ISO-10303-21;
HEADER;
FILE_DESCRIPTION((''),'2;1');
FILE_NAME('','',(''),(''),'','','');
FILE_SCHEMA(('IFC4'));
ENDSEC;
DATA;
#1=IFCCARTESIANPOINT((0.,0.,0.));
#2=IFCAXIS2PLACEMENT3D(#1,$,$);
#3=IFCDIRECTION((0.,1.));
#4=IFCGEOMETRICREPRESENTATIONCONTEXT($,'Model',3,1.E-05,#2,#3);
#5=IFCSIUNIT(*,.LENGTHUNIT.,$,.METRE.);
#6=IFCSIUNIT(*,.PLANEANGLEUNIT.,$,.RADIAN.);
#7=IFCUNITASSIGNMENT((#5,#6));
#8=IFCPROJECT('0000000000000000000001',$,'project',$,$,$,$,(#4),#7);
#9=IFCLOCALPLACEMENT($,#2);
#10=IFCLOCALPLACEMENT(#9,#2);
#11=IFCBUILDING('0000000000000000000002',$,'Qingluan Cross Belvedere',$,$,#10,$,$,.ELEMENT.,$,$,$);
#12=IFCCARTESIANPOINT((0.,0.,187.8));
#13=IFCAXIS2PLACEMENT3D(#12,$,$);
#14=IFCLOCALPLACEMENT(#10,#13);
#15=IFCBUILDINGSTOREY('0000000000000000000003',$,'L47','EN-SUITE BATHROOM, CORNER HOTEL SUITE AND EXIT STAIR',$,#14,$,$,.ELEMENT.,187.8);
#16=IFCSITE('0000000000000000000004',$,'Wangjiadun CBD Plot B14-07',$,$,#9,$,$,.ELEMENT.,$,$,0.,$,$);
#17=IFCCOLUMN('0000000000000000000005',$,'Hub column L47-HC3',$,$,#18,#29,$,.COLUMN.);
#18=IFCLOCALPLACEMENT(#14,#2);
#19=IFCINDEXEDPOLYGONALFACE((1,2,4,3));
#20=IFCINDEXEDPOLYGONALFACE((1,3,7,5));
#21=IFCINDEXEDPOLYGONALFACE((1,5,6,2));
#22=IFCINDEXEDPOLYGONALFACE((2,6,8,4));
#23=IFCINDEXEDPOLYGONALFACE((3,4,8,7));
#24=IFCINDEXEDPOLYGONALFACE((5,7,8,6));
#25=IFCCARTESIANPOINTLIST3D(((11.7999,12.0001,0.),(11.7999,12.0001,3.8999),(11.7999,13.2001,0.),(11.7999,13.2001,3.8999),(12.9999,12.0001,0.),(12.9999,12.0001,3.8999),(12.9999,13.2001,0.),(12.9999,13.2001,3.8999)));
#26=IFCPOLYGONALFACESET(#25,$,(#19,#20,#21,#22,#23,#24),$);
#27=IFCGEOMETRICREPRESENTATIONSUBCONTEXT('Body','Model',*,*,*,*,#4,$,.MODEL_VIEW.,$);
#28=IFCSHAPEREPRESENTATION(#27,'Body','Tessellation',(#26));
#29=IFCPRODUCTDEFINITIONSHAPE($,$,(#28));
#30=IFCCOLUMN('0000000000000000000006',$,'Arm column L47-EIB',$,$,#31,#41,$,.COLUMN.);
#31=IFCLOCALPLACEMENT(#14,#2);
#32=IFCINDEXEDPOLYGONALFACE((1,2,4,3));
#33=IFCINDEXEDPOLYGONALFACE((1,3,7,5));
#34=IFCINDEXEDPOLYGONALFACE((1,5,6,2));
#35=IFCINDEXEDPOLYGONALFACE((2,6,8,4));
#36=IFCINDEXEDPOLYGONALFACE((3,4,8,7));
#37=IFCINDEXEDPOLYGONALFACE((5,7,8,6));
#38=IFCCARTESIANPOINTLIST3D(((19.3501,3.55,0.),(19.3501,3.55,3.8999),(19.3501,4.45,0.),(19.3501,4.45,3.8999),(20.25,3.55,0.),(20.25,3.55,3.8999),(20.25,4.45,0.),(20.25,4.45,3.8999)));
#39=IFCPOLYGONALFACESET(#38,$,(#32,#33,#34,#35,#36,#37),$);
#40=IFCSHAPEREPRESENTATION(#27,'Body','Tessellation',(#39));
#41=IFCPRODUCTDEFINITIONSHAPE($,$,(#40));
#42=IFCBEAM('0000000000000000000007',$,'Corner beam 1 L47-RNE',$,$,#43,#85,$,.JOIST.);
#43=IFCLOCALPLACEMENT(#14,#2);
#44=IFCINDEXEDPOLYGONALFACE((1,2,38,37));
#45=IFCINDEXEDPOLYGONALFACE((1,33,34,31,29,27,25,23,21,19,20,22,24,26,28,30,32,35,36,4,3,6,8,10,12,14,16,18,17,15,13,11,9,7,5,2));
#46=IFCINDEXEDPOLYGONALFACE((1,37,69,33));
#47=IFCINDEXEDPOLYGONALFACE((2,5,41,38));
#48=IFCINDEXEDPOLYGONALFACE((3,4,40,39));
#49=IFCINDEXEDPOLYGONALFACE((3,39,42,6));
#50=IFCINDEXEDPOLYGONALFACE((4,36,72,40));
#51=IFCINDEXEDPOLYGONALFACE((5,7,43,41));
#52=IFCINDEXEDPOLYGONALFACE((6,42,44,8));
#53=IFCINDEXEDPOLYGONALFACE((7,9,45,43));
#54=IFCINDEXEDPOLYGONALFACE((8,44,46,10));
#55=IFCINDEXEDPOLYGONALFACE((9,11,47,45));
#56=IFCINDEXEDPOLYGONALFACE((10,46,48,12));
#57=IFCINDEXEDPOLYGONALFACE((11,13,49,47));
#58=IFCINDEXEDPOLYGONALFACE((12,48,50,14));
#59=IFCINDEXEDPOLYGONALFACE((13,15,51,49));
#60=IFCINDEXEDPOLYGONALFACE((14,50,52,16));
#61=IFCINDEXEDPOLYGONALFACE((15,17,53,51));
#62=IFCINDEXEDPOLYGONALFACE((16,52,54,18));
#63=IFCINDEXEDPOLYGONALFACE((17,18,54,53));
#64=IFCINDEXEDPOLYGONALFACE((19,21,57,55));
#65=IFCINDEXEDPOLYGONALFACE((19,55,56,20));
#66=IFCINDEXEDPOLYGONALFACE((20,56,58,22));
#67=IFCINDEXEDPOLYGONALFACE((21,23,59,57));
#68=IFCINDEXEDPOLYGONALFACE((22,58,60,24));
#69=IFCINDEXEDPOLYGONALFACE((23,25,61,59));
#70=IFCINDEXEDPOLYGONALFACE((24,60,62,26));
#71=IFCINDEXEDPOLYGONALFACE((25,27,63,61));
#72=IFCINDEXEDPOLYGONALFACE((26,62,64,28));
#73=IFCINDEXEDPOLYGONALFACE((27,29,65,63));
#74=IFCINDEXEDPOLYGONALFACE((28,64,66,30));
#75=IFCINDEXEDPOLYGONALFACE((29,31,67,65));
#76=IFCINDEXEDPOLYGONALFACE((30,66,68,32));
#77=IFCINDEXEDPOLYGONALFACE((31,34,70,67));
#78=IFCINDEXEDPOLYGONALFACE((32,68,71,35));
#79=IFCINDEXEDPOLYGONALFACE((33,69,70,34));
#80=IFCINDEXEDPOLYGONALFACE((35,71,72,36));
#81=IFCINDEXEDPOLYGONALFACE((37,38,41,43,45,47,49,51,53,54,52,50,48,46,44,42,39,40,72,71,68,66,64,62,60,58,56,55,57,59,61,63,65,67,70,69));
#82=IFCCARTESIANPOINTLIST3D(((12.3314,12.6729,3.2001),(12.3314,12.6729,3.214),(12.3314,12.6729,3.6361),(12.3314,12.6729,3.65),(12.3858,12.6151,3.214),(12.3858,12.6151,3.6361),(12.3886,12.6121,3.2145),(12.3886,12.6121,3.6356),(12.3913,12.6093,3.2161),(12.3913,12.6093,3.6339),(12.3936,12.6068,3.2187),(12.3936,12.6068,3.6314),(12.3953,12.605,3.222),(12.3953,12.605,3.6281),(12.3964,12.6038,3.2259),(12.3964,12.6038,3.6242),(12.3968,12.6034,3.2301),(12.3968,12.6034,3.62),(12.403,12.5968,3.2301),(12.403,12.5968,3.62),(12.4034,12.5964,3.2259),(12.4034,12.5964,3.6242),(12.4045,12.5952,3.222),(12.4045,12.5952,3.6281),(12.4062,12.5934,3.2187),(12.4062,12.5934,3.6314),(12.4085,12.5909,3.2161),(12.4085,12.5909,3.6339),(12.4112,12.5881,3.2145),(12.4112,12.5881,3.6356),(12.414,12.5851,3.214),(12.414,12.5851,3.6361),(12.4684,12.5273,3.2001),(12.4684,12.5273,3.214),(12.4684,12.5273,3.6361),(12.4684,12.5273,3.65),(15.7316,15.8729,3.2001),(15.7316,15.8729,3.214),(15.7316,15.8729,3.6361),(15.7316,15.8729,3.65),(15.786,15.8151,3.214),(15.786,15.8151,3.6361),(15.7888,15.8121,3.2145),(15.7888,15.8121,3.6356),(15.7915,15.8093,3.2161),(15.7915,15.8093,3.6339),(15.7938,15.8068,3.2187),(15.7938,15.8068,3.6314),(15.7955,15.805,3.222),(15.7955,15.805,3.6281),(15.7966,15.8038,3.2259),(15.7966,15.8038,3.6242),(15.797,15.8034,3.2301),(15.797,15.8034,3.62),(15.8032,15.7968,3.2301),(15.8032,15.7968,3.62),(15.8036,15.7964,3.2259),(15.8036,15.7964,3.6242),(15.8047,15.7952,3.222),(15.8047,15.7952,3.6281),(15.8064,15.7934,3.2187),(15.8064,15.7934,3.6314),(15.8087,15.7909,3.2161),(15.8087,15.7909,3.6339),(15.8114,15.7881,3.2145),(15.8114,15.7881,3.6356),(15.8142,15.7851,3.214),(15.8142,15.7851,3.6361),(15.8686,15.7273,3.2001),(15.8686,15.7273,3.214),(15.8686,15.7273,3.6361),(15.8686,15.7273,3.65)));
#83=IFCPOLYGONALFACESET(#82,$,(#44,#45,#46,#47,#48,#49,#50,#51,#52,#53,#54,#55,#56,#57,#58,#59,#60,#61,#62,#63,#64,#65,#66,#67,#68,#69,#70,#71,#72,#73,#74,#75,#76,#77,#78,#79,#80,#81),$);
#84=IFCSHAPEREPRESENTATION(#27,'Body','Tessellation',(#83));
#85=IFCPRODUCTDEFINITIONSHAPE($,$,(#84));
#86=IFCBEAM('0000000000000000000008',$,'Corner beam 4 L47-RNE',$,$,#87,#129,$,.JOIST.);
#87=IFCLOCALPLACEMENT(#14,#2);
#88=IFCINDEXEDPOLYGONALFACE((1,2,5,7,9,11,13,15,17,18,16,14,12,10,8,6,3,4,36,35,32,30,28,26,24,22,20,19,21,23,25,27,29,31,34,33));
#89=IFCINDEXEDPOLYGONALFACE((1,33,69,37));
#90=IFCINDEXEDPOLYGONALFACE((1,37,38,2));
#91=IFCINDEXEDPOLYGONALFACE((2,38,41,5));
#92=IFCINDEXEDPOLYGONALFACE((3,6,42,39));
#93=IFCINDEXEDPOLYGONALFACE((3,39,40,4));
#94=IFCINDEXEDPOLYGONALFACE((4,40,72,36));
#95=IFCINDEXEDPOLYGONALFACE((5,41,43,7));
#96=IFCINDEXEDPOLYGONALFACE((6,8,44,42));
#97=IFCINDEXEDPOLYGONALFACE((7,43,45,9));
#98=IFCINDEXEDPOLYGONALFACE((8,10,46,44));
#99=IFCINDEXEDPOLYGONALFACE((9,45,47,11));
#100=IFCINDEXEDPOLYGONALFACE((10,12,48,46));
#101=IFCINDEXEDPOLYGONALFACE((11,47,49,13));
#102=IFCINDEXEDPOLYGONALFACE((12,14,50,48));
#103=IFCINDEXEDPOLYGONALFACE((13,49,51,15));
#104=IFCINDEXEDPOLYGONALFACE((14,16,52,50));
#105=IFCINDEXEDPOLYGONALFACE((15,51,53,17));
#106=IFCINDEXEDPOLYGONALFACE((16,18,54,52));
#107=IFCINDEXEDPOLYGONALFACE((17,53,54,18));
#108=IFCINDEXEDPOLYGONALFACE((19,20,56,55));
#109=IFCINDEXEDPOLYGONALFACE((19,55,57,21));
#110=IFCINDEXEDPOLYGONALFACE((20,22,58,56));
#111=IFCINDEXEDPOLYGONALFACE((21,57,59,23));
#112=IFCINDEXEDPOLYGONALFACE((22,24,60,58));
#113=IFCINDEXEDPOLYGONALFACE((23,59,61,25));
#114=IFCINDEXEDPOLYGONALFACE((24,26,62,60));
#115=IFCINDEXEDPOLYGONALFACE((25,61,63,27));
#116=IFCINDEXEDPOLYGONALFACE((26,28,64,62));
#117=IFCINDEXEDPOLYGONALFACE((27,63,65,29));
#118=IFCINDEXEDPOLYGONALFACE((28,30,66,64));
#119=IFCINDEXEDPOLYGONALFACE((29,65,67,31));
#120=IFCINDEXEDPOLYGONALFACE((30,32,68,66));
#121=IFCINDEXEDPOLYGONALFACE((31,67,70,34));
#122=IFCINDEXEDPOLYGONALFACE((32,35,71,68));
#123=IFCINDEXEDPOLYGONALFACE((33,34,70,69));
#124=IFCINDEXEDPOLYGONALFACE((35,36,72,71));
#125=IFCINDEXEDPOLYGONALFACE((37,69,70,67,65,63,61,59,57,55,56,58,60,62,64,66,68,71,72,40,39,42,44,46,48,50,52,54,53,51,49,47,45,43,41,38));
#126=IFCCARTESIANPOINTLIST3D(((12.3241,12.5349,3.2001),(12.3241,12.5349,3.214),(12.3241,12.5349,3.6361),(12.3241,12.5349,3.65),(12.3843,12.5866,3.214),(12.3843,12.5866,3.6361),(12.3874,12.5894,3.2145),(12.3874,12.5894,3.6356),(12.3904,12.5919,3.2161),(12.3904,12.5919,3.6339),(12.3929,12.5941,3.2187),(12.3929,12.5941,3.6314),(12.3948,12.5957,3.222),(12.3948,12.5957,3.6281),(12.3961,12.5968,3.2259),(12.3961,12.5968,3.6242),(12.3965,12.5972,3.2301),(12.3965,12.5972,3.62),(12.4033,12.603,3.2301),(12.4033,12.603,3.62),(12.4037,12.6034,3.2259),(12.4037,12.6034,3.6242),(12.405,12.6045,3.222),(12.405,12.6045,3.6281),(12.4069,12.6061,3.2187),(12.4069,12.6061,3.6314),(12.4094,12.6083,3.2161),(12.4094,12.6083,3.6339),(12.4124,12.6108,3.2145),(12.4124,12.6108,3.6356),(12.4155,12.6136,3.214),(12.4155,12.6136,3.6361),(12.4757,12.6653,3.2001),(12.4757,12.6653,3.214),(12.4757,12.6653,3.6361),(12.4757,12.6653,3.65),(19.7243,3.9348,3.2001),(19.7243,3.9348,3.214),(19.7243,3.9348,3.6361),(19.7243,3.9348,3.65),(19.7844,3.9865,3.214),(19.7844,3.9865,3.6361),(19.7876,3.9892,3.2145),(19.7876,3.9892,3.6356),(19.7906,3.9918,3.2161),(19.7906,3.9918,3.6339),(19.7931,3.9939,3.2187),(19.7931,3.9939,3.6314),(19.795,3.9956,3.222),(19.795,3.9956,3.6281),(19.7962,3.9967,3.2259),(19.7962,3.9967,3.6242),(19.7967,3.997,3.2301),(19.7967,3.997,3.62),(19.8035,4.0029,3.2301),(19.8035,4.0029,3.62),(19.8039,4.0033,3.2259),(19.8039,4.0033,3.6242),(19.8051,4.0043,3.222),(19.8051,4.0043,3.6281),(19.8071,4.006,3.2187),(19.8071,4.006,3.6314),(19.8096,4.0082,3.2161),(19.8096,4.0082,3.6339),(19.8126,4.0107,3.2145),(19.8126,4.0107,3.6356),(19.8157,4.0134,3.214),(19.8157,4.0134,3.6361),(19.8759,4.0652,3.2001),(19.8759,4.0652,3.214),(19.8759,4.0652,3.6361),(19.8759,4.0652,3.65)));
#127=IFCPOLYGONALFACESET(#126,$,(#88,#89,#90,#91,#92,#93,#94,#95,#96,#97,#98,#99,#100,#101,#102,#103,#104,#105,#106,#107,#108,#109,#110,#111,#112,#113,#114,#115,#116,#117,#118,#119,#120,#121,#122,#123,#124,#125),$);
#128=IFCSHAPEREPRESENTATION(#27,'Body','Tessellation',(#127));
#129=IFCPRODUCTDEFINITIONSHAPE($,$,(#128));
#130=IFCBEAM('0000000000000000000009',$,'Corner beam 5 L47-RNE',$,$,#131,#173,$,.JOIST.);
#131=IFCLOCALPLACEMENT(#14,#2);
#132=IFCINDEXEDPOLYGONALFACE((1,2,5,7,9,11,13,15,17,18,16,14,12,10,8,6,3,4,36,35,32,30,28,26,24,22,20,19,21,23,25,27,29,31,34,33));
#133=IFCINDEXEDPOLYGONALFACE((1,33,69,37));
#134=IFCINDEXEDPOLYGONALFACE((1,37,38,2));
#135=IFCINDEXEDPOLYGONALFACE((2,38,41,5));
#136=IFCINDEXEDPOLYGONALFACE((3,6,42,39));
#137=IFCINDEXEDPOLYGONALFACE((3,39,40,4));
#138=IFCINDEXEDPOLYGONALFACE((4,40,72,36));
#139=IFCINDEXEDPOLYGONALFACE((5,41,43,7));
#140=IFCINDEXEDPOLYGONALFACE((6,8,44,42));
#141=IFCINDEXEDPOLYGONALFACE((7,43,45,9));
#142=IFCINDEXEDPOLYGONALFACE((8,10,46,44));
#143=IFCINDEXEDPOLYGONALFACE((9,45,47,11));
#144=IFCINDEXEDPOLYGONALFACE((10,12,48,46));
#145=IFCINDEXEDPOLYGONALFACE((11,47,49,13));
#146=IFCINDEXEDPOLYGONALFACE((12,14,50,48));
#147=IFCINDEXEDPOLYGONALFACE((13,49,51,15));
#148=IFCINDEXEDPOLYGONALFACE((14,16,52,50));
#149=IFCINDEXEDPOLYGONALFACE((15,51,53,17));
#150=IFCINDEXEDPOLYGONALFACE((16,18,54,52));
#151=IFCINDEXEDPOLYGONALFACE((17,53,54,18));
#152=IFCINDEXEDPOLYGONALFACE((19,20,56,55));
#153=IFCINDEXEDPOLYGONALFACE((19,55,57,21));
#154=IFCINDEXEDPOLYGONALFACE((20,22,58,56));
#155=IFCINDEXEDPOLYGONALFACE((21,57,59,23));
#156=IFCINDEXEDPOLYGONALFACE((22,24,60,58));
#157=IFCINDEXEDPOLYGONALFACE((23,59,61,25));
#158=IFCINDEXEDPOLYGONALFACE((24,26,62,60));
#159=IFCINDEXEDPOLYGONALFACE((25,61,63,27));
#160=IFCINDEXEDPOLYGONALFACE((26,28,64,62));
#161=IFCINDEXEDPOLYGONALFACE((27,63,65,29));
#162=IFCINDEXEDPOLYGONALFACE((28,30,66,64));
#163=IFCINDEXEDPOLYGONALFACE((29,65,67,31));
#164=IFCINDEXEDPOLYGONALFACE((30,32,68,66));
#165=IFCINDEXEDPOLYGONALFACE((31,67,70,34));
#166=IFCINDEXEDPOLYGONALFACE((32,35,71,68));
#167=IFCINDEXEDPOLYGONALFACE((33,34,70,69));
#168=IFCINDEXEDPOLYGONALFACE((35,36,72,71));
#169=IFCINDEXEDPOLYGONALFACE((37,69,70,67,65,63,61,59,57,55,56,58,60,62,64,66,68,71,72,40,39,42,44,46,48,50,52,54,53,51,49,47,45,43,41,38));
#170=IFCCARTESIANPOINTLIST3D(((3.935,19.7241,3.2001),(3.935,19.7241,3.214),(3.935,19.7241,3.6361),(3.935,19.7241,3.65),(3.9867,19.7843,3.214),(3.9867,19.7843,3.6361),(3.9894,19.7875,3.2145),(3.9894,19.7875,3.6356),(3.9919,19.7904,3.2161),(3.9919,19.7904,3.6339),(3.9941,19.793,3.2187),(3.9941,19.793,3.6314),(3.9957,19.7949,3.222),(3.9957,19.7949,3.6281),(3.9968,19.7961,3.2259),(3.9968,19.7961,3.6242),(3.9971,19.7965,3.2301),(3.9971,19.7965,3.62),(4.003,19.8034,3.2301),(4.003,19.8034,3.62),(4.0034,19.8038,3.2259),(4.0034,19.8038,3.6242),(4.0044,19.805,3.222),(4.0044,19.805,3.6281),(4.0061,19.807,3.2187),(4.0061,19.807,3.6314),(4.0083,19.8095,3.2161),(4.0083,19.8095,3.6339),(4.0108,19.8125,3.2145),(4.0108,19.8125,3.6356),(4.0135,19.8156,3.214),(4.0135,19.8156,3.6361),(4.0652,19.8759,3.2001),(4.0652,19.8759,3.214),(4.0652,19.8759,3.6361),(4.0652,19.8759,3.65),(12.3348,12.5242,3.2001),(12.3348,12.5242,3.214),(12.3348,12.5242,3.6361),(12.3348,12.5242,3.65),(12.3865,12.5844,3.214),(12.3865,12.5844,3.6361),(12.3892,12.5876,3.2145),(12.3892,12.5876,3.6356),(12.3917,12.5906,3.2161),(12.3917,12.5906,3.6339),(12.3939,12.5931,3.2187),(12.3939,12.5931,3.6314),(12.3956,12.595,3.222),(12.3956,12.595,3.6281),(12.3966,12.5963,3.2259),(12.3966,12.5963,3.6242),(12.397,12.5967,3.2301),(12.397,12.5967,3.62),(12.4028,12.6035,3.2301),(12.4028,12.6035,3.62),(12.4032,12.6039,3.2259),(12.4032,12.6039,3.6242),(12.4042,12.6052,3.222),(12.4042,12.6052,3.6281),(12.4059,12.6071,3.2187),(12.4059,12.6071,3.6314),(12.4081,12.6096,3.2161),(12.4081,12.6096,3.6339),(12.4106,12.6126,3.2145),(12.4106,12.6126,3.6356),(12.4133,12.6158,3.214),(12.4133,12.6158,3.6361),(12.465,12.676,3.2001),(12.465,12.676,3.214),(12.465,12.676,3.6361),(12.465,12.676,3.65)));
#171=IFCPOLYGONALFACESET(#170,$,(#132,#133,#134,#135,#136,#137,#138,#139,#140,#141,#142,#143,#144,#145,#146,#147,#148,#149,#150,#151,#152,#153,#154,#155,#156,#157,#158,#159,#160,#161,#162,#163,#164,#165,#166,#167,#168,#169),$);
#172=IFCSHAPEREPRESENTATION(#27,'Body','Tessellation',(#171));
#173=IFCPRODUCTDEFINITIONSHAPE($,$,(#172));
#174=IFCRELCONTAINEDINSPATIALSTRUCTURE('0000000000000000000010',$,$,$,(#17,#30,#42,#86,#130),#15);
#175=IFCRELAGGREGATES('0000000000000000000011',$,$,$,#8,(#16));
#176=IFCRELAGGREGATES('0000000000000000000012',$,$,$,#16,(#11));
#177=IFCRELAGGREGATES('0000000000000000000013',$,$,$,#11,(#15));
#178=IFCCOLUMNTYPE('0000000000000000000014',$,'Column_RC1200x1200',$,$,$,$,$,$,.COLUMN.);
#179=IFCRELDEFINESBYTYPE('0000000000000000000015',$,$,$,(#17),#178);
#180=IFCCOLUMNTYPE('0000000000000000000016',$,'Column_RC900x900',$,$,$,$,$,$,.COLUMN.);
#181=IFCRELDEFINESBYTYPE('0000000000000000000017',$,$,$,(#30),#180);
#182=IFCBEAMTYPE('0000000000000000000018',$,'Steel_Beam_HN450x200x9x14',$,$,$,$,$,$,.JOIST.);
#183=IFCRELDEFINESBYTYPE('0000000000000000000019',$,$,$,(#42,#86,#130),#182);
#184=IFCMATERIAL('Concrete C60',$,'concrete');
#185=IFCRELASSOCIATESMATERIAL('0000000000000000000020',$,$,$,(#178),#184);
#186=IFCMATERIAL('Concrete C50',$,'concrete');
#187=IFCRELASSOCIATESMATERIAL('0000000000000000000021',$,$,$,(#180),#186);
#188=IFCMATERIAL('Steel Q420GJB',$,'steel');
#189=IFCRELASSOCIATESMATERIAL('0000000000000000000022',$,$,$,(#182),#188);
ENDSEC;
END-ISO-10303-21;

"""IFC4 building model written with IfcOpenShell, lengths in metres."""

from ifc_helpers import new_model, si_unit, direction, frame, origin, origin_2d, place, context, subcontext, project, spatial, rectangle, i_section, extrude, material, material_profile, profile_set, type_object, element, save


model = new_model("IFC4")

# Units and contexts
model_context = context("Model", 3, precision=1e-05, world=origin(), true_north=direction((0.0, 1.0)))
body_context = subcontext(model_context, "Body", "Model", "MODEL_VIEW")
ifc_project = project(units=[si_unit("LENGTHUNIT", "METRE"), si_unit("PLANEANGLEUNIT", "RADIAN")], contexts=[model_context])

# Site, building, storey
site_placement = place(None, origin())
site = spatial("IfcSite", under=ifc_project, at=site_placement, Name="Wangjiadun CBD Plot B14-07", CompositionType="ELEMENT", RefElevation=0.0)
building_placement = place(site_placement, origin())
building = spatial("IfcBuilding", under=site, at=building_placement, Name="Qingluan Cross Belvedere", CompositionType="ELEMENT")
storey_placement = place(building_placement, frame((0.0, 0.0, 187.8)))
storey = spatial("IfcBuildingStorey", under=building, at=storey_placement, Name="L47", Description="EN-SUITE BATHROOM, CORNER HOTEL SUITE AND EXIT STAIR", CompositionType="ELEMENT", Elevation=187.8)

# Columns
ifc_material_1 = material(Name="Concrete C60", Category="concrete")
ifc_material_profile_1 = material_profile(ifc_material_1, rectangle(XDim=1.2, YDim=1.2, at=origin_2d()), Name="RC1200x1200")
ifc_profile_set_1 = profile_set([ifc_material_profile_1], Name="Concrete C60")
column_type_1 = type_object("IfcColumnType", Name="Column_RC1200x1200", PredefinedType="COLUMN", material=ifc_profile_set_1)
column_1_placement = place(storey_placement, frame((12.3999, 12.6001, 0.0), z_axis=(0.0, 0.0, 1.0), x_axis=(1.0, 0.0, 0.0)))
element("IfcColumn", 1, at=column_1_placement, inside=storey, type_object=column_type_1, Name="Hub column L47-HC3", PredefinedType="COLUMN", context=body_context, shape_type="SweptSolid", body=[
    extrude(rectangle(XDim=1.2, YDim=1.2, at=origin_2d()), origin(), (0.0, 0.0, 1.0), 3.8999),
])
ifc_material_2 = material(Name="Concrete C50", Category="concrete")
ifc_material_profile_2 = material_profile(ifc_material_2, rectangle(XDim=0.8999, YDim=0.8999, at=origin_2d()), Name="RC900x900")
ifc_profile_set_2 = profile_set([ifc_material_profile_2], Name="Concrete C50")
column_type_2 = type_object("IfcColumnType", Name="Column_RC900x900", PredefinedType="COLUMN", material=ifc_profile_set_2)
column_2_placement = place(storey_placement, frame((19.8, 4.0, 0.0), z_axis=(0.0, 0.0, 1.0), x_axis=(1.0, 0.0, 0.0)))
element("IfcColumn", 2, at=column_2_placement, inside=storey, type_object=column_type_2, Name="Arm column L47-EIB", PredefinedType="COLUMN", context=body_context, shape_type="SweptSolid", body=[
    extrude(rectangle(XDim=0.8999, YDim=0.8999, at=origin_2d()), origin(), (0.0, 0.0, 1.0), 3.8999),
])

# Beams
ifc_material_3 = material(Name="Steel Q420GJB", Category="steel")
ifc_material_profile_3 = material_profile(ifc_material_3, i_section(OverallWidth=0.2, OverallDepth=0.45, WebThickness=0.009, FlangeThickness=0.0139, FilletRadius=0.0161, at=origin_2d()), Name="HN450x200x9x14")
ifc_profile_set_3 = profile_set([ifc_material_profile_3], Name="Steel Q420GJB")
beam_type_1 = type_object("IfcBeamType", Name="Steel_Beam_HN450x200x9x14", PredefinedType="JOIST", material=ifc_profile_set_3)
beam_1_placement = place(storey_placement, frame((12.3999, 12.6001, 3.425), z_axis=(0.72822, 0.685343, 0.0), x_axis=(-0.685343, 0.72822, 0.0)))
element("IfcBeam", 3, at=beam_1_placement, inside=storey, type_object=beam_type_1, Name="Corner beam 1 L47-RNE", PredefinedType="JOIST", context=body_context, shape_type="SweptSolid", body=[
    extrude(i_section(OverallWidth=0.2, OverallDepth=0.45, WebThickness=0.009, FlangeThickness=0.0139, FilletRadius=0.0161, at=origin_2d()), origin(), (0.0, 0.0, 1.0), 4.6692),
])
beam_2_placement = place(storey_placement, frame((12.3999, 12.6001, 3.425), z_axis=(0.652245, -0.758008, 0.0), x_axis=(0.758008, 0.652245, 0.0)))
element("IfcBeam", 4, at=beam_2_placement, inside=storey, type_object=beam_type_1, Name="Corner beam 4 L47-RNE", PredefinedType="JOIST", context=body_context, shape_type="SweptSolid", body=[
    extrude(i_section(OverallWidth=0.2, OverallDepth=0.45, WebThickness=0.009, FlangeThickness=0.0139, FilletRadius=0.0161, at=origin_2d()), origin(), (0.0, 0.0, 1.0), 11.3457),
])
beam_3_placement = place(storey_placement, frame((12.3999, 12.6001, 3.425), z_axis=(-0.759255, 0.650793, 0.0), x_axis=(-0.650793, -0.759255, 0.0)))
element("IfcBeam", 5, at=beam_3_placement, inside=storey, type_object=beam_type_1, Name="Corner beam 5 L47-RNE", PredefinedType="JOIST", context=body_context, shape_type="SweptSolid", body=[
    extrude(i_section(OverallWidth=0.2, OverallDepth=0.45, WebThickness=0.009, FlangeThickness=0.0139, FilletRadius=0.0161, at=origin_2d()), origin(), (0.0, 0.0, 1.0), 11.0632),
])

save(model, "model.ifc")
